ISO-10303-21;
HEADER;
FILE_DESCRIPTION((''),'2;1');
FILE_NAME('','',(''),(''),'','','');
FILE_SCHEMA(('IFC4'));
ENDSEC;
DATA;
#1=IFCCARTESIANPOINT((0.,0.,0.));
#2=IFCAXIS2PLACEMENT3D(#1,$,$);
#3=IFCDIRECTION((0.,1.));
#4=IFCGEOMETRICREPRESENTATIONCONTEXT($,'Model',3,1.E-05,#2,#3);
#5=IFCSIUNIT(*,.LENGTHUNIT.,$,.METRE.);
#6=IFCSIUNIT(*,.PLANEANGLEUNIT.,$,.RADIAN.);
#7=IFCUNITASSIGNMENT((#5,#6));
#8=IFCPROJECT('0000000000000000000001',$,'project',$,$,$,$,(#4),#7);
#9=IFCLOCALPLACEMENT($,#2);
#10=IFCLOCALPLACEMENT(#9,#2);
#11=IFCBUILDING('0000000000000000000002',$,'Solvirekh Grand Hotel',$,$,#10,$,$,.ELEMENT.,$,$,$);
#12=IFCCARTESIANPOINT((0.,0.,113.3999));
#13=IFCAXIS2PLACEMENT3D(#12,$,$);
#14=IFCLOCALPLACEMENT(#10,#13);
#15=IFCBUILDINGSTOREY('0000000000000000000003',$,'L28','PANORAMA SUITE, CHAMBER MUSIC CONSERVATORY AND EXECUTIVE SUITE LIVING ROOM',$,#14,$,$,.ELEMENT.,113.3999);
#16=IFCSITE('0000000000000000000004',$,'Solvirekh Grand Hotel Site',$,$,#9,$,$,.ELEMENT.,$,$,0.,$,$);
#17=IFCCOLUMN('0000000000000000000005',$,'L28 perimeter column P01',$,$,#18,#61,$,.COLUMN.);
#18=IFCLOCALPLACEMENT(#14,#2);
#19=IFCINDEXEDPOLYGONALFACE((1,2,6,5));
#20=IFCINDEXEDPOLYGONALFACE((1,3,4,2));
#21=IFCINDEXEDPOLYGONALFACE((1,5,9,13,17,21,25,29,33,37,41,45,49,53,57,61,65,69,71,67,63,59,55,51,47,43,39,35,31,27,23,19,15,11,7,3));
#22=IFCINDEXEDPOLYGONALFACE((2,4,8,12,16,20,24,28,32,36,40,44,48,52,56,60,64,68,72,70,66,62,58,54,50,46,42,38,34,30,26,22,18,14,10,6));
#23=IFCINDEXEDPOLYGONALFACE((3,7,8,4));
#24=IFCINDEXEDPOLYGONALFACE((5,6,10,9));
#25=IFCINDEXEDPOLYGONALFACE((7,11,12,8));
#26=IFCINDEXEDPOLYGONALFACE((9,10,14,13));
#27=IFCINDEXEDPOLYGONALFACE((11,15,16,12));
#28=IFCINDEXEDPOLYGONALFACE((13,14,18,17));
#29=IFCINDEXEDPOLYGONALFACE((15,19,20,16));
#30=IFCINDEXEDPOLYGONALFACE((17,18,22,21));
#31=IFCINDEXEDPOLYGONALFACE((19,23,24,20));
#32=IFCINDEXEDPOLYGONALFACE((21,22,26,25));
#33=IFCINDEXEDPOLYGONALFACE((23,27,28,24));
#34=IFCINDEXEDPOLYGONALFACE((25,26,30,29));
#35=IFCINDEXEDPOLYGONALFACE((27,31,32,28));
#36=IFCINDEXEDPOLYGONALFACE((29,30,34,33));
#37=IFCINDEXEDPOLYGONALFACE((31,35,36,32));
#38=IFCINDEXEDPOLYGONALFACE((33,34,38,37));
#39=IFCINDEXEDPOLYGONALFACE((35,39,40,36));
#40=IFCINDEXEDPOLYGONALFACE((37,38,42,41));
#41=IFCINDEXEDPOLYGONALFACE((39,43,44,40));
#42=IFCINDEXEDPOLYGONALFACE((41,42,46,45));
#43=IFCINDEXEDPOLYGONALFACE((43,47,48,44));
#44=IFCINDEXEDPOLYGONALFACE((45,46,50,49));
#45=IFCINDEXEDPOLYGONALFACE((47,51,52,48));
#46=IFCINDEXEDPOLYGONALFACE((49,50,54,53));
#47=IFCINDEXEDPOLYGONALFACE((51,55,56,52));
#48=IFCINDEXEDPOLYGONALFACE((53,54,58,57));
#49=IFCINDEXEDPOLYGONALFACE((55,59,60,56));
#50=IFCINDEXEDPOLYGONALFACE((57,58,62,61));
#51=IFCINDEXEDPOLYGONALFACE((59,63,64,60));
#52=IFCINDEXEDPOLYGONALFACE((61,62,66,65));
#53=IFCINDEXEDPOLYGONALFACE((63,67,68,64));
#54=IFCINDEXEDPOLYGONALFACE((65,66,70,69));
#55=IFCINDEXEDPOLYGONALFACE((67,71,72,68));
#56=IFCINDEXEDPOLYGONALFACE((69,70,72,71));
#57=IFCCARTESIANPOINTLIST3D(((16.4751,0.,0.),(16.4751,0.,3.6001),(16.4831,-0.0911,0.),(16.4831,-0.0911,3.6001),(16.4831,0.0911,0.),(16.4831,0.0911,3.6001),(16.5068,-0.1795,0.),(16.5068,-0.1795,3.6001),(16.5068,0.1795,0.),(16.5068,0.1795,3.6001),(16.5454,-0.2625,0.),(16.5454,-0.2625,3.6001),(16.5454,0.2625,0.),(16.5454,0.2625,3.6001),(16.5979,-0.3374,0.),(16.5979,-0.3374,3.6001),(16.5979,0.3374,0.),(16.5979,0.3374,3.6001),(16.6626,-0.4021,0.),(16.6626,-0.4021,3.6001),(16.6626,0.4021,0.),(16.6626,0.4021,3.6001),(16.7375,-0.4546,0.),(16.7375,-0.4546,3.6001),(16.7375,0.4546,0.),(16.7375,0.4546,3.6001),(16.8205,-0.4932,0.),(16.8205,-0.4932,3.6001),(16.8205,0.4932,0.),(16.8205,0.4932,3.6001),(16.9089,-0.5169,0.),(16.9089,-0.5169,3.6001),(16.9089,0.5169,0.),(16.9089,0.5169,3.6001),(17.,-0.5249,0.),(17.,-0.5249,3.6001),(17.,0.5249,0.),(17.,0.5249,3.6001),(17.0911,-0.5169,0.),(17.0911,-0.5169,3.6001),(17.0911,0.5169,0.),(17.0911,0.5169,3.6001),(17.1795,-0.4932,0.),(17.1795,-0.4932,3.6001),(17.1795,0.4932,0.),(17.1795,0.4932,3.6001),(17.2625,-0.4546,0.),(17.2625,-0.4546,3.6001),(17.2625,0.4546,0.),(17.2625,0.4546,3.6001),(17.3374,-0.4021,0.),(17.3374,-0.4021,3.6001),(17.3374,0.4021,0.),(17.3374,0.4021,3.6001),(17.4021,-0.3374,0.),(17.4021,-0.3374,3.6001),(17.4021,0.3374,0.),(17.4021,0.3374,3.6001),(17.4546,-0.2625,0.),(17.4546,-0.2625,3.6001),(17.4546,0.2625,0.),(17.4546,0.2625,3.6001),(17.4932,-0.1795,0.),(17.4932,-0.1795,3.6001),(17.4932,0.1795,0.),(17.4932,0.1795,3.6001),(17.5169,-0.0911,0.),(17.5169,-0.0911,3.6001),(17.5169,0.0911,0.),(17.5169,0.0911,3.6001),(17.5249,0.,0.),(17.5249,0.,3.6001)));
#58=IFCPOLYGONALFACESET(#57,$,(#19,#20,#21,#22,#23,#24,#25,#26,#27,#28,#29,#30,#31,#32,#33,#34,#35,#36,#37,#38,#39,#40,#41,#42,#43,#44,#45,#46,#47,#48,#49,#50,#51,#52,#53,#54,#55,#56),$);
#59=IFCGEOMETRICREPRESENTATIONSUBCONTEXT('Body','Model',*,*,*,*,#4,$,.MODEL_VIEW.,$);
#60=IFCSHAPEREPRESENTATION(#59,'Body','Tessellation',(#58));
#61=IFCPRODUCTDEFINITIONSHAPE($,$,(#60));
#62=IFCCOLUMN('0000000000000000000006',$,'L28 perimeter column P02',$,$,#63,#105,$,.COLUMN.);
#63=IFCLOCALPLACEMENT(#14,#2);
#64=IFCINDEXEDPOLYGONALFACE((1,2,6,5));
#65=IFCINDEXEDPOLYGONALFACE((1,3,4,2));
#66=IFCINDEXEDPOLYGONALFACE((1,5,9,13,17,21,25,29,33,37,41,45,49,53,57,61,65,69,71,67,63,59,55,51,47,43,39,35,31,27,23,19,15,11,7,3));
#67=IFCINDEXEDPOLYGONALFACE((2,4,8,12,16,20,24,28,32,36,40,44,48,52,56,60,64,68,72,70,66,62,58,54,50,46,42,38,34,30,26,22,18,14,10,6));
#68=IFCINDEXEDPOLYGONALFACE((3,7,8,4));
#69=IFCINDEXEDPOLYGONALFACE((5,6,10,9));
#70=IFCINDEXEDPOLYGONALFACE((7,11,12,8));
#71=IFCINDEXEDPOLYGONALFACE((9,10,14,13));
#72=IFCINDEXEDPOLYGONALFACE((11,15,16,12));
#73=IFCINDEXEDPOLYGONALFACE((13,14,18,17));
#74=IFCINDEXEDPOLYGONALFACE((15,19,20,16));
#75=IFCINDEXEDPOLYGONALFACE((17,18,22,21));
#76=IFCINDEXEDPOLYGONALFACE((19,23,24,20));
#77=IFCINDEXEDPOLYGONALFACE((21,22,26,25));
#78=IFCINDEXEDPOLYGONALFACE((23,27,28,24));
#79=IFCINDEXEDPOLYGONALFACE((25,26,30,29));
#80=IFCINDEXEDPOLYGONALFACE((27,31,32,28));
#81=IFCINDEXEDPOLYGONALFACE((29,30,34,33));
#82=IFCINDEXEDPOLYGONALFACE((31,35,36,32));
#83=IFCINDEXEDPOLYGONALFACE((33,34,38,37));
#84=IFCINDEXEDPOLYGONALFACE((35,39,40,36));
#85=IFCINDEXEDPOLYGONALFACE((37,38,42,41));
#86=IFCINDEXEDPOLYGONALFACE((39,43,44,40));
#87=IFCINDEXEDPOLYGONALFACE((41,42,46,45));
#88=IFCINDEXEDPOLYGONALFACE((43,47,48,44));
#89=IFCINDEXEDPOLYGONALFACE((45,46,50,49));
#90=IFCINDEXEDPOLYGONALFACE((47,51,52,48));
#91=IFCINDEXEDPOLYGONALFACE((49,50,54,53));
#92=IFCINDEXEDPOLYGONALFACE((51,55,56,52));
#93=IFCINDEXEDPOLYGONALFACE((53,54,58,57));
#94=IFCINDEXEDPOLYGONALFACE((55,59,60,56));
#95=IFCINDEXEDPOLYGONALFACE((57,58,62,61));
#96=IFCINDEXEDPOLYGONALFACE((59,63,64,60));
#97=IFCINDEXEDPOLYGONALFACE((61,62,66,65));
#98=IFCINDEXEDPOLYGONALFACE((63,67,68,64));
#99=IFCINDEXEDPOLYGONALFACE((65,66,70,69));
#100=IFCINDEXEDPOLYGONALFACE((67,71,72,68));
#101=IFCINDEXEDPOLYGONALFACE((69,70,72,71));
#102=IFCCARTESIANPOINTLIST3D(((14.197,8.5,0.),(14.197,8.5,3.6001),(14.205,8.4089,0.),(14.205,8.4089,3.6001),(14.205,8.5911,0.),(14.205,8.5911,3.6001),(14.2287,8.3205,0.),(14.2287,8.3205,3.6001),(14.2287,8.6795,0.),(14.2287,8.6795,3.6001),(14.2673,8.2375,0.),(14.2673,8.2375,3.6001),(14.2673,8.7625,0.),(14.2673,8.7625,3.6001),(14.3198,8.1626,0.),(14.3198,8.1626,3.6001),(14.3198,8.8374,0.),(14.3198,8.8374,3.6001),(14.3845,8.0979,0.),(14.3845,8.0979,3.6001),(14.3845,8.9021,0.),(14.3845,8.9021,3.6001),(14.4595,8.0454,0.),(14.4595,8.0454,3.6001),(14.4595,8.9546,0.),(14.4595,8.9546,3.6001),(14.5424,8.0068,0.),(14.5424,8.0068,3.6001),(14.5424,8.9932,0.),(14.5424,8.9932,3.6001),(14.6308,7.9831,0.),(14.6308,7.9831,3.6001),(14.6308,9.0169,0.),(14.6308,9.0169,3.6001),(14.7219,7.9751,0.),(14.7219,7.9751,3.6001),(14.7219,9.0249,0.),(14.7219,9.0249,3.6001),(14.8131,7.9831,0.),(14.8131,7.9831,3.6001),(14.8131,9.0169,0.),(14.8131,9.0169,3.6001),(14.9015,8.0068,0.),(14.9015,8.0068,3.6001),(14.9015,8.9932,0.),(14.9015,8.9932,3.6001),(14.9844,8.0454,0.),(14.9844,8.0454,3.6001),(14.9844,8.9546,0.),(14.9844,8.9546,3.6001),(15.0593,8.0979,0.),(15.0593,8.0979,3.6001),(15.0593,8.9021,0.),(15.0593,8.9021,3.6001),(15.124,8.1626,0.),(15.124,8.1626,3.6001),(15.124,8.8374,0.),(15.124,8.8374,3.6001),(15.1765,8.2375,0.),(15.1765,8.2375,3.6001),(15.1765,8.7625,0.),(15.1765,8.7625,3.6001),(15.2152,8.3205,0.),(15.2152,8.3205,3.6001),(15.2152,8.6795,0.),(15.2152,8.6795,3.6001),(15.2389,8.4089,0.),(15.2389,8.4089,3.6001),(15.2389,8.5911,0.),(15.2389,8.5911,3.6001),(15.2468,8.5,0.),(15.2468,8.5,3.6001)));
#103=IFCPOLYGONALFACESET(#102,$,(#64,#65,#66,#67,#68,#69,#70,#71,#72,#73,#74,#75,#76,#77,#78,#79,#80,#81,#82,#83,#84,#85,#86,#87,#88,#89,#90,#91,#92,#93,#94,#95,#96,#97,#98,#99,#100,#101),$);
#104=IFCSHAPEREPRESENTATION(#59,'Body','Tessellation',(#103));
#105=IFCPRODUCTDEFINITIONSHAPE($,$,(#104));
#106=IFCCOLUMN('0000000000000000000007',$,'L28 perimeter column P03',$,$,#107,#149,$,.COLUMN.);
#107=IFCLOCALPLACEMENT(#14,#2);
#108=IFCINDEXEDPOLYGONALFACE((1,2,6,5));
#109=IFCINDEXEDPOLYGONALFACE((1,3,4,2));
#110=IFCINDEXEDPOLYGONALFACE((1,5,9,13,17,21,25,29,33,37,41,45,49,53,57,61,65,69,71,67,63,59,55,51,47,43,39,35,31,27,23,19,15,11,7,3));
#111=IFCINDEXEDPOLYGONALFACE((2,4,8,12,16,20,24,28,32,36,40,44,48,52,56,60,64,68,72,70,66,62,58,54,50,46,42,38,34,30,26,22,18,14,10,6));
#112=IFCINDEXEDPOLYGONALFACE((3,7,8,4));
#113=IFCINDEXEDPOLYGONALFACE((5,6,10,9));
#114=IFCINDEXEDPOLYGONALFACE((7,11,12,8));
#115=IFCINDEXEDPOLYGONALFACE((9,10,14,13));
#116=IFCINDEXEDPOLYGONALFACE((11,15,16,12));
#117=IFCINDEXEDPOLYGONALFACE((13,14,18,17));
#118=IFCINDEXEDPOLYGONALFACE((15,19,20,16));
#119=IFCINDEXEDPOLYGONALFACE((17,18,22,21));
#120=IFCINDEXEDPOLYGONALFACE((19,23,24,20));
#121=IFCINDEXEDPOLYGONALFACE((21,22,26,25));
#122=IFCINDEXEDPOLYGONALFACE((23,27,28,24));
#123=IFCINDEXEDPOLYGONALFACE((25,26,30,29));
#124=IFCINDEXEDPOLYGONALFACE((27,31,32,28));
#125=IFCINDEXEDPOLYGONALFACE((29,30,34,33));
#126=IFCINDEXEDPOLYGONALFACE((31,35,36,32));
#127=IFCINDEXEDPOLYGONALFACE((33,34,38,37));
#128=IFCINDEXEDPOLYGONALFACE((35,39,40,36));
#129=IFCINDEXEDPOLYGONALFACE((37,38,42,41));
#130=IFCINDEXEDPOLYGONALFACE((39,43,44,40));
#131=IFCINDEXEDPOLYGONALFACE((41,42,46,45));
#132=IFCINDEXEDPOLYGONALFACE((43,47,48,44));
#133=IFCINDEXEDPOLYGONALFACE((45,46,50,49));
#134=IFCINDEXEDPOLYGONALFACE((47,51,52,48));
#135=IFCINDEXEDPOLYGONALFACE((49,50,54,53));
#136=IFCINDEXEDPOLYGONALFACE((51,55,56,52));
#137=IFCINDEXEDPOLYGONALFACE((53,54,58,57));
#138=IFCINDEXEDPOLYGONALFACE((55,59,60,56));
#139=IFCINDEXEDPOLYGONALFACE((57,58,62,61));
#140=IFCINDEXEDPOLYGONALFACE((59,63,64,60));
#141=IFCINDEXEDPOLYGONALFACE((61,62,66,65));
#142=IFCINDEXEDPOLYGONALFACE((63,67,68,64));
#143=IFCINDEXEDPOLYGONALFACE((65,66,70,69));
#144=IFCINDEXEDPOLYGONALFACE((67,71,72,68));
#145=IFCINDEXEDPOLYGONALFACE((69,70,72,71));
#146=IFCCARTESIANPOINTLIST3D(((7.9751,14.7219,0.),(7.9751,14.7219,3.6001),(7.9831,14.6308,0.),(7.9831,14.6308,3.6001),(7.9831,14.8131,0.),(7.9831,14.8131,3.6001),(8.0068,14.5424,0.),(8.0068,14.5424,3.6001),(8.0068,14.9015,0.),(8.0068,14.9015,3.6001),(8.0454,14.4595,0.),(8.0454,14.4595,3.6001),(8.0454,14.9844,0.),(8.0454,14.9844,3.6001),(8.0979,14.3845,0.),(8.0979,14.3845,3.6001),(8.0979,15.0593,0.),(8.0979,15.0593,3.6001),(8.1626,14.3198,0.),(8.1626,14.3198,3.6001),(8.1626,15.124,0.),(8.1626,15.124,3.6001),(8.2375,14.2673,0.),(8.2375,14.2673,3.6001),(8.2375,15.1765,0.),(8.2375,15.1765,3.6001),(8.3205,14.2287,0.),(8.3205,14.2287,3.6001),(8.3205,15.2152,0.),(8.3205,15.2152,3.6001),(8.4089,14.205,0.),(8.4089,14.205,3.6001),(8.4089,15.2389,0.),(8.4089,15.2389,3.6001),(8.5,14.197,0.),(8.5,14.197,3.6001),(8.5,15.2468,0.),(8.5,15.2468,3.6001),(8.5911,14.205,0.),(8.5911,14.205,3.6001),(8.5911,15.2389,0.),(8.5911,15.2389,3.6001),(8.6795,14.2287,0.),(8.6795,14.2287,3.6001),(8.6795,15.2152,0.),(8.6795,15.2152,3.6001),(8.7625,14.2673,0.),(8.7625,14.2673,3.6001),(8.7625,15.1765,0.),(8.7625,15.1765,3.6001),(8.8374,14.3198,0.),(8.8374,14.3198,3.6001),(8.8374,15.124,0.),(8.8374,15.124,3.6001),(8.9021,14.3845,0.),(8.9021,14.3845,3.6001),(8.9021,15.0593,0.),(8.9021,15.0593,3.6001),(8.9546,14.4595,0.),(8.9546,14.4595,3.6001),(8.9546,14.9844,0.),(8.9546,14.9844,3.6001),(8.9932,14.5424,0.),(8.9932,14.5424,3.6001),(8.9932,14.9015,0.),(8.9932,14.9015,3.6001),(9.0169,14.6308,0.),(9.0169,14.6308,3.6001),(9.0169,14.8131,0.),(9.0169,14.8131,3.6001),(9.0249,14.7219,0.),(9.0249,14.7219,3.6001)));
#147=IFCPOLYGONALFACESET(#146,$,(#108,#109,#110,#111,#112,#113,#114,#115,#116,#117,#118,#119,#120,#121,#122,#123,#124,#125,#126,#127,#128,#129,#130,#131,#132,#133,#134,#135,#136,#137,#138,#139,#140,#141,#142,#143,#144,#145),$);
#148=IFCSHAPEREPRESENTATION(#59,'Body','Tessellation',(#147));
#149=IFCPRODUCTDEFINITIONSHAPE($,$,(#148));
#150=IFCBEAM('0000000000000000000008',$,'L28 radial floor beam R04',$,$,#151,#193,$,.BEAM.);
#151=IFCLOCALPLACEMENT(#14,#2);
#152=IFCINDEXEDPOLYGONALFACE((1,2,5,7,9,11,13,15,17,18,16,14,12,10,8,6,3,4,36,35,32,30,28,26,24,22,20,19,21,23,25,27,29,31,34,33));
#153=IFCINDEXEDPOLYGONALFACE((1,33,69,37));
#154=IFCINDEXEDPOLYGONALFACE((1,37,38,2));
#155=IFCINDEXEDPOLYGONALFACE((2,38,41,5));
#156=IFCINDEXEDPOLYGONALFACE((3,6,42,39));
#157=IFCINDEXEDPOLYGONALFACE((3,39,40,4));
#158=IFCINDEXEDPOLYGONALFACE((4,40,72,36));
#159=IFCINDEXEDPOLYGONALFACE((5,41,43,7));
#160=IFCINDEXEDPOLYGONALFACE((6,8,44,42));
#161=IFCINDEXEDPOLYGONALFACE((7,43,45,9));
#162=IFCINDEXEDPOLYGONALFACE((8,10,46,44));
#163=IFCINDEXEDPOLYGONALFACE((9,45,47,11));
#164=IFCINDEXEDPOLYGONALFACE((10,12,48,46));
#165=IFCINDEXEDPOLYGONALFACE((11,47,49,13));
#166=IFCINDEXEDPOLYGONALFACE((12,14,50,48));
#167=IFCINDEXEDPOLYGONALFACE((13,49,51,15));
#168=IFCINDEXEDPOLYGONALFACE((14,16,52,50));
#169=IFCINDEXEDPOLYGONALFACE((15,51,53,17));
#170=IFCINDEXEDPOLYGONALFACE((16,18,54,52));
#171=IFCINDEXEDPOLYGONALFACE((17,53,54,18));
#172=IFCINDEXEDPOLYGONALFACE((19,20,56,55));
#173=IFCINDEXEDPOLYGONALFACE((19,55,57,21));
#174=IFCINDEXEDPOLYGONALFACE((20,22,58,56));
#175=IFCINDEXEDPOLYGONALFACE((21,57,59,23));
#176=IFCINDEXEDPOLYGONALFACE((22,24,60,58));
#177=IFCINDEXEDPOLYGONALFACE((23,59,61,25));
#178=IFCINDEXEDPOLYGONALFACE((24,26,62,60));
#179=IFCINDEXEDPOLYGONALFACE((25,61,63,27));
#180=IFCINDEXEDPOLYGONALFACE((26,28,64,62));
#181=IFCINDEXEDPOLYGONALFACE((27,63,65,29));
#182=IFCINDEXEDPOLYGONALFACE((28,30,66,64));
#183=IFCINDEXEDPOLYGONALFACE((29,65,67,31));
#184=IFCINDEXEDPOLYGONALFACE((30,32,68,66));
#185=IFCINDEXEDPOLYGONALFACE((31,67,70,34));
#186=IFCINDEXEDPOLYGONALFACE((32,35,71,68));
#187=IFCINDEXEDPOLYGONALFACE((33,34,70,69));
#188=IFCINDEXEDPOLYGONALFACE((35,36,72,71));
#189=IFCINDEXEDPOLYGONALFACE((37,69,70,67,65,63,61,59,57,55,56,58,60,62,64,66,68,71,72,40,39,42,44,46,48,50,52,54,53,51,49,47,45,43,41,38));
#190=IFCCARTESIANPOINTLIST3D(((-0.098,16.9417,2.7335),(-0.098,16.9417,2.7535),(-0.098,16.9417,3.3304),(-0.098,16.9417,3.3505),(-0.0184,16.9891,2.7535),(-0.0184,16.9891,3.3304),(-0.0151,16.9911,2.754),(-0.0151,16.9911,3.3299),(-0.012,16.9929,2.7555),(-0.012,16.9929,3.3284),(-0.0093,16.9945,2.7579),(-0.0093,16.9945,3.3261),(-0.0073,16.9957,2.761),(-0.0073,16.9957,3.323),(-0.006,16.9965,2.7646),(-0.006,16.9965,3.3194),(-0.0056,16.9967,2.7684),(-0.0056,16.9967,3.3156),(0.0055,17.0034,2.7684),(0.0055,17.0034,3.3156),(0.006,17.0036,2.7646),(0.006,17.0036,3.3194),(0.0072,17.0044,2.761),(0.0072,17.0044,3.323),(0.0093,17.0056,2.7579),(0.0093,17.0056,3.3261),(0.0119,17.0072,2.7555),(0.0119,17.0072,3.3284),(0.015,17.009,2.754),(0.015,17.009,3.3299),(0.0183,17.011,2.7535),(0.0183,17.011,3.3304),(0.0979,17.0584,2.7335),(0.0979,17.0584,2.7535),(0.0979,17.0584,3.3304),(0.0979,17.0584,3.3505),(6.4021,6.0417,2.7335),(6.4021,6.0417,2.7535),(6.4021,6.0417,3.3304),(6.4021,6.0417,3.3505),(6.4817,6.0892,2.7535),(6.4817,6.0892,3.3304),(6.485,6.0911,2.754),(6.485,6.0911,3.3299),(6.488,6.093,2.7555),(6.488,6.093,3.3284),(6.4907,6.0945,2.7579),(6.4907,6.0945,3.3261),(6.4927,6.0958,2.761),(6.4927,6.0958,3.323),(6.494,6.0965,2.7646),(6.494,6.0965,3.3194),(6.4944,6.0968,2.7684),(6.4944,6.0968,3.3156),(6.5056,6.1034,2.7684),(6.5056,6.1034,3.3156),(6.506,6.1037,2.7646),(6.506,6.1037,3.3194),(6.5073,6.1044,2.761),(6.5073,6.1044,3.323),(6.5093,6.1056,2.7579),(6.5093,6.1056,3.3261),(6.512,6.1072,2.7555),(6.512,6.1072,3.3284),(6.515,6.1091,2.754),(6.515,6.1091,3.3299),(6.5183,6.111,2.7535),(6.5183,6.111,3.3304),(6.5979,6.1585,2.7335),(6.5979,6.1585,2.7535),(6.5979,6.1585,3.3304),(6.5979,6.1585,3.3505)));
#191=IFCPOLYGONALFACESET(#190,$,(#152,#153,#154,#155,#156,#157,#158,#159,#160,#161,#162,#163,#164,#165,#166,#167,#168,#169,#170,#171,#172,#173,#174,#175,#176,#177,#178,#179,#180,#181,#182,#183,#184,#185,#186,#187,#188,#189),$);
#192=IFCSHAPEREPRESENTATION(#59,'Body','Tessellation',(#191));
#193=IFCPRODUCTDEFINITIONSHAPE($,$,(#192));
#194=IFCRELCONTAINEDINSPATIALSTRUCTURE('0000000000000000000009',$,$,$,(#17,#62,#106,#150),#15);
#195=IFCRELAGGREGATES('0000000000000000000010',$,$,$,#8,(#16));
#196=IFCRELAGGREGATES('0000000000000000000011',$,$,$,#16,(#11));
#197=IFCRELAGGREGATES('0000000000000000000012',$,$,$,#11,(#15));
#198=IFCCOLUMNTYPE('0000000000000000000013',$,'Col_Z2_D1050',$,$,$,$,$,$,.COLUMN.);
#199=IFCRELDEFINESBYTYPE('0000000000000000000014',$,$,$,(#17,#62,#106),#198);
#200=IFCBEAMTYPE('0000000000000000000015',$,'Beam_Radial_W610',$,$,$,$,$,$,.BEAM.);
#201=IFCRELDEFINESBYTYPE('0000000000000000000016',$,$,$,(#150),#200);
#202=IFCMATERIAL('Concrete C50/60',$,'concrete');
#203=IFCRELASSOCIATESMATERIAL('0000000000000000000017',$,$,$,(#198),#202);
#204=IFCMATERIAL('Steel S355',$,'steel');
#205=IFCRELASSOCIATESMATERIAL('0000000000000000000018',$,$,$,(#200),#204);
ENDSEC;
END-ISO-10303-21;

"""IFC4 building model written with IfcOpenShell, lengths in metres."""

from ifc_helpers import new_model, si_unit, direction, frame, origin, origin_2d, place, context, subcontext, project, spatial, circle, i_section, extrude, material, material_profile, profile_set, type_object, element, save


model = new_model("IFC4")

# Units and contexts
model_context = context("Model", 3, precision=1e-05, world=origin(), true_north=direction((0.0, 1.0)))
body_context = subcontext(model_context, "Body", "Model", "MODEL_VIEW")
ifc_project = project(units=[si_unit("LENGTHUNIT", "METRE"), si_unit("PLANEANGLEUNIT", "RADIAN")], contexts=[model_context])

# Site, building, storey
site_placement = place(None, origin())
site = spatial("IfcSite", under=ifc_project, at=site_placement, Name="Solvirekh Grand Hotel Site", CompositionType="ELEMENT", RefElevation=0.0)
building_placement = place(site_placement, origin())
building = spatial("IfcBuilding", under=site, at=building_placement, Name="Solvirekh Grand Hotel", CompositionType="ELEMENT")
storey_placement = place(building_placement, frame((0.0, 0.0, 113.3999)))
storey = spatial("IfcBuildingStorey", under=building, at=storey_placement, Name="L28", Description="PANORAMA SUITE, CHAMBER MUSIC CONSERVATORY AND EXECUTIVE SUITE LIVING ROOM", CompositionType="ELEMENT", Elevation=113.3999)

# Columns
ifc_material_1 = material(Name="Concrete C50/60", Category="concrete")
ifc_material_profile_1 = material_profile(ifc_material_1, circle(Radius=0.5249, at=origin_2d()), Name="RC CIRC D1050")
ifc_profile_set_1 = profile_set([ifc_material_profile_1], Name="Concrete C50/60")
column_type = type_object("IfcColumnType", Name="Col_Z2_D1050", PredefinedType="COLUMN", material=ifc_profile_set_1)
for number, where, z_axis, x_axis, name in (
    (1, (17.0, 0.0, 0.0), (0.0, 0.0, 1.0), (1.0, 0.0, 0.0), "L28 perimeter column P01"),
    (2, (14.7219, 8.5, 0.0), (0.0, 0.0, 1.0), (1.0, 0.0, 0.0), "L28 perimeter column P02"),
    (3, (8.5, 14.7219, 0.0), (0.0, 0.0, 1.0), (1.0, 0.0, 0.0), "L28 perimeter column P03"),
):
    element("IfcColumn", number, at=place(storey_placement, frame(where, z_axis=z_axis, x_axis=x_axis)), inside=storey, type_object=column_type, Name=name, PredefinedType="COLUMN", context=body_context, shape_type="SweptSolid", body=[
        extrude(circle(Radius=0.5249, at=origin_2d()), origin(), (0.0, 0.0, 1.0), 3.6001),
    ])

# Beam
ifc_material_2 = material(Name="Steel S355", Category="steel")
ifc_material_profile_2 = material_profile(ifc_material_2, i_section(OverallWidth=0.228, OverallDepth=0.6169, WebThickness=0.0129, FlangeThickness=0.02, FilletRadius=0.0149, at=origin_2d()), Name="W610X140")
ifc_profile_set_2 = profile_set([ifc_material_profile_2], Name="Steel S355")
beam_type_1 = type_object("IfcBeamType", Name="Beam_Radial_W610", PredefinedType="BEAM", material=ifc_profile_set_2)
beam_1_placement = place(storey_placement, frame((6.5, 6.1001, 3.042), z_axis=(-0.51218, 0.858878, 0.0), x_axis=(-0.858878, -0.51218, 0.0)))
element("IfcBeam", 4, at=beam_1_placement, inside=storey, type_object=beam_type_1, Name="L28 radial floor beam R04", PredefinedType="BEAM", context=body_context, shape_type="SweptSolid", body=[
    extrude(i_section(OverallWidth=0.228, OverallDepth=0.6169, WebThickness=0.0129, FlangeThickness=0.02, FilletRadius=0.0149, at=origin_2d()), origin(), (0.0, 0.0, 1.0), 12.6909),
])

save(model, "model.ifc")
